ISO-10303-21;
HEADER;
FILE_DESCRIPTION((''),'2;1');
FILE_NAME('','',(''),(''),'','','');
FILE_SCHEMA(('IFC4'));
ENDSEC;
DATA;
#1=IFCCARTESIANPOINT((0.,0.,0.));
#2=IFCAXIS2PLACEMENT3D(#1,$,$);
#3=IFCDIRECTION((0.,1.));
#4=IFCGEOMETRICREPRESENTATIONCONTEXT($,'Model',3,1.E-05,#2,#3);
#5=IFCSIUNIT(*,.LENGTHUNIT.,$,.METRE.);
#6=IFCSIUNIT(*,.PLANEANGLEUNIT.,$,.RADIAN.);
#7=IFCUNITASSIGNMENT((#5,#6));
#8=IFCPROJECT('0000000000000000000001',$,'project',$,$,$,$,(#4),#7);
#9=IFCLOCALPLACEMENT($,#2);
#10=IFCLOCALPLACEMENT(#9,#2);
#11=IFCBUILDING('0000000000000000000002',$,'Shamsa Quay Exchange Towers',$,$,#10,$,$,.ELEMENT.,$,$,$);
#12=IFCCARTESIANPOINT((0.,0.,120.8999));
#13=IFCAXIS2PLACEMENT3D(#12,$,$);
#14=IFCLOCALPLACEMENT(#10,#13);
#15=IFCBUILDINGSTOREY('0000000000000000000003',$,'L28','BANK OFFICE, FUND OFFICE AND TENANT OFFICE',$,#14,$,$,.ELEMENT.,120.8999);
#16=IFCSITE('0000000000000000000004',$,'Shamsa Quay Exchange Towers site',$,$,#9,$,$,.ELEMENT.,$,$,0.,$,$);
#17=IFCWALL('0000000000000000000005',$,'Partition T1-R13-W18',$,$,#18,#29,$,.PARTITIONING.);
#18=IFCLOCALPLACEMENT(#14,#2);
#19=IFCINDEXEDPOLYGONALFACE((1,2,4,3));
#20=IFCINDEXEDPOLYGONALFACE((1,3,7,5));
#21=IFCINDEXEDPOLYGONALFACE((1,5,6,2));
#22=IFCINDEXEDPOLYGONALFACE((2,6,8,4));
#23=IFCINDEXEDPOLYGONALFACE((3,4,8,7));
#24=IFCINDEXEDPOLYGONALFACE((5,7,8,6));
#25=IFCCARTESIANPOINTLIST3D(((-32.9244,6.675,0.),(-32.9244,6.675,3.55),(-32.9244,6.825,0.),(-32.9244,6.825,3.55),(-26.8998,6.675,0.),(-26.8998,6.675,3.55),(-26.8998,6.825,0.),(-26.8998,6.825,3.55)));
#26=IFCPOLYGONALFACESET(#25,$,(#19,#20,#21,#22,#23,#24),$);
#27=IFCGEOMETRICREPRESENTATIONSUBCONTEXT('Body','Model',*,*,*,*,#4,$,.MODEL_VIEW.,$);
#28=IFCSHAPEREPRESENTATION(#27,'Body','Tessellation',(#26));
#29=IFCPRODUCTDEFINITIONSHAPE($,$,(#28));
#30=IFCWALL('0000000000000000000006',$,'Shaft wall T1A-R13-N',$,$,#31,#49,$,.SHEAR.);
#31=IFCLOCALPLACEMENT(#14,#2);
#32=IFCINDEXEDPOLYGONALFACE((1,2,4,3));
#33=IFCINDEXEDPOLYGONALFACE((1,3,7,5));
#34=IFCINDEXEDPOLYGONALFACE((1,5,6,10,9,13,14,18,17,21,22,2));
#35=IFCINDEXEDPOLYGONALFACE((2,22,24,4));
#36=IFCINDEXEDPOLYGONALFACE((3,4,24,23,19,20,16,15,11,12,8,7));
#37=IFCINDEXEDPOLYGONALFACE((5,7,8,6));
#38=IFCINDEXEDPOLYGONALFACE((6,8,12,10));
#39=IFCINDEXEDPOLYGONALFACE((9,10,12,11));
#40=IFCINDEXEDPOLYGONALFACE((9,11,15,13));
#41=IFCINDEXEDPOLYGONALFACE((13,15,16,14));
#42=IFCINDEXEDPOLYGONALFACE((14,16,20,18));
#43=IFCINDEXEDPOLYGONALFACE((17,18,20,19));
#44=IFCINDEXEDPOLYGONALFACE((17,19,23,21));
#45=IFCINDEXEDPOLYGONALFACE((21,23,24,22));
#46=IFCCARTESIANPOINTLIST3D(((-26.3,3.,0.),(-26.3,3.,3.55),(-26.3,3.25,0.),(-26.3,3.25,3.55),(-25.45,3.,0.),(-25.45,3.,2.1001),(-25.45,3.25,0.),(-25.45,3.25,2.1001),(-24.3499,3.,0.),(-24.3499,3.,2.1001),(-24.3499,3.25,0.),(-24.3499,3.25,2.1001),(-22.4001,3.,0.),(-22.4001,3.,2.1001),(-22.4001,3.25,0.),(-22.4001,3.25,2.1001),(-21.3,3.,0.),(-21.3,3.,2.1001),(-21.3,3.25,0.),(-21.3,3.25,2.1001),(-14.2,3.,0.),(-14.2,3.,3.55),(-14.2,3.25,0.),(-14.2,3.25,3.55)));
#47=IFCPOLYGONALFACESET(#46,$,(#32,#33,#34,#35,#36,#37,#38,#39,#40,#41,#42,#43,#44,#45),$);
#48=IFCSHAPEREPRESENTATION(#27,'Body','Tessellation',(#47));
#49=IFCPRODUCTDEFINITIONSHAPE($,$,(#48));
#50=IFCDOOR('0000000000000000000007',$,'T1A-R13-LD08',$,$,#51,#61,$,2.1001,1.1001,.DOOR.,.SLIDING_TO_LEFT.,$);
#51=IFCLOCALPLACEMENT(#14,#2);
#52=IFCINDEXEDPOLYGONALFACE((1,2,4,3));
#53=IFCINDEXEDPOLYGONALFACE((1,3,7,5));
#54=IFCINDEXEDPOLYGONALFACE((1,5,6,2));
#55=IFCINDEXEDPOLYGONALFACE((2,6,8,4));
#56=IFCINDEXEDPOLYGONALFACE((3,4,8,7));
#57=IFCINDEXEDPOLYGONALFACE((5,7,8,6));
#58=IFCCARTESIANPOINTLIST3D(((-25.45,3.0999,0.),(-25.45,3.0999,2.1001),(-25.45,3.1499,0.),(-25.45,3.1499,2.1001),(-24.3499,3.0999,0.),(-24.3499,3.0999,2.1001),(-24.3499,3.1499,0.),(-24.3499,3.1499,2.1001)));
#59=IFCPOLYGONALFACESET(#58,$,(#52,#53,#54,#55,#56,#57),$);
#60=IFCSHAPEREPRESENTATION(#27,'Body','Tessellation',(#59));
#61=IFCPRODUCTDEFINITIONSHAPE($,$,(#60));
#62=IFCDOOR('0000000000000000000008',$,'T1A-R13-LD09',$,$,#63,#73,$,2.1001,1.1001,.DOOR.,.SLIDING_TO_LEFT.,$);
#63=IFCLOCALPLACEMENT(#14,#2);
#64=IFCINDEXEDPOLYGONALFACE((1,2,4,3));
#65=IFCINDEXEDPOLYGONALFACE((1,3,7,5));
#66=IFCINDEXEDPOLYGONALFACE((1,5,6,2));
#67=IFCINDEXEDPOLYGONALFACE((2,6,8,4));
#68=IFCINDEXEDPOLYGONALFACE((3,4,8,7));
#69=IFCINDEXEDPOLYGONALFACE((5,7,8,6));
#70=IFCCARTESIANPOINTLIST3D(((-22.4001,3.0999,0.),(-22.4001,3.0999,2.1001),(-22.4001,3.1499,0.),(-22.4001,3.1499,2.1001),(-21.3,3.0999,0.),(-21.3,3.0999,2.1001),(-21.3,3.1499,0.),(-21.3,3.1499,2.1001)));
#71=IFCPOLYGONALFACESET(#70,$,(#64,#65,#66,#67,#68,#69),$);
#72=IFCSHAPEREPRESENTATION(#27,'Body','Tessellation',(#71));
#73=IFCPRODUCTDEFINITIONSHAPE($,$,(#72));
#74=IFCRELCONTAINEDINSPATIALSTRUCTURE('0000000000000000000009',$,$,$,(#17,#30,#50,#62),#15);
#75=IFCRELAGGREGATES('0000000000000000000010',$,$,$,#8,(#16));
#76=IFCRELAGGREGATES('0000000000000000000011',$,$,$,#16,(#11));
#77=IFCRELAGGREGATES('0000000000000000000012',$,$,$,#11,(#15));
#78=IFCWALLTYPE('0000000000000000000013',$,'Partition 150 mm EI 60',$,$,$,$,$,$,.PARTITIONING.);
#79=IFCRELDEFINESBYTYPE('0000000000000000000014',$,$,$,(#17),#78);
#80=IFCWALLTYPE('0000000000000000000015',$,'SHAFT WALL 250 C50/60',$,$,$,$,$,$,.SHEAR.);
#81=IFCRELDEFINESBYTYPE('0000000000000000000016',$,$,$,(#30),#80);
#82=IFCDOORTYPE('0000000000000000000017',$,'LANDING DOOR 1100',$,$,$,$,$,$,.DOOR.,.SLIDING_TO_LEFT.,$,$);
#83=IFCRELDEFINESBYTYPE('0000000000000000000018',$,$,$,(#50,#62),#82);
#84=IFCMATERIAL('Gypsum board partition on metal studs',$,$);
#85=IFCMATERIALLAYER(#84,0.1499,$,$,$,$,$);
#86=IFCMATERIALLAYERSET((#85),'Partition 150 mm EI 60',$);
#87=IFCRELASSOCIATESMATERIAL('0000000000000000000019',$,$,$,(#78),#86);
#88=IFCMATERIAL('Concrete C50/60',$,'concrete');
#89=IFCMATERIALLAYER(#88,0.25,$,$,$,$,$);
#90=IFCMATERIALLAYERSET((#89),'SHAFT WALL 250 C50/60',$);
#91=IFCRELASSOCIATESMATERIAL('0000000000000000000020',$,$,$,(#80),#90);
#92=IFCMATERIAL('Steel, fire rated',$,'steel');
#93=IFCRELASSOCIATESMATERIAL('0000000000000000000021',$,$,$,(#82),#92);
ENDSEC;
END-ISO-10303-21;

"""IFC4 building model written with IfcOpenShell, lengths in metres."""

from ifc_helpers import new_model, si_unit, direction, frame, frame_2d, origin, place, context, subcontext, project, spatial, rectangle, extrude, material, layer, layer_set, type_object, element, fill, save


model = new_model("IFC4")

# Units and contexts
model_context = context("Model", 3, precision=1e-05, world=origin(), true_north=direction((0.0, 1.0)))
body_context = subcontext(model_context, "Body", "Model", "MODEL_VIEW")
ifc_project = project(units=[si_unit("LENGTHUNIT", "METRE"), si_unit("PLANEANGLEUNIT", "RADIAN")], contexts=[model_context])

# Site, building, storey
site_placement = place(None, origin())
site = spatial("IfcSite", under=ifc_project, at=site_placement, Name="Shamsa Quay Exchange Towers site", CompositionType="ELEMENT", RefElevation=0.0)
building_placement = place(site_placement, origin())
building = spatial("IfcBuilding", under=site, at=building_placement, Name="Shamsa Quay Exchange Towers", CompositionType="ELEMENT")
storey_placement = place(building_placement, frame((0.0, 0.0, 120.8999)))
storey = spatial("IfcBuildingStorey", under=building, at=storey_placement, Name="L28", Description="BANK OFFICE, FUND OFFICE AND TENANT OFFICE", CompositionType="ELEMENT", Elevation=120.8999)

# Shared definitions
ifc_material_1 = material(Name="Steel, fire rated", Category="steel")

# Wall
ifc_material_2 = material(Name="Gypsum board partition on metal studs")
ifc_layer_1 = layer(ifc_material_2, 0.1499)
ifc_layer_set_1 = layer_set([ifc_layer_1], Name="Partition 150 mm EI 60")
wall_type_1 = type_object("IfcWallType", Name="Partition 150 mm EI 60", PredefinedType="PARTITIONING", material=ifc_layer_set_1)
wall_1_placement = place(storey_placement, frame((-26.8999, 6.75, 0.0), z_axis=(0.0, 0.0, 1.0), x_axis=(-1.0, 0.0, 0.0)))
element("IfcWall", 1, at=wall_1_placement, inside=storey, type_object=wall_type_1, Name="Partition T1-R13-W18", PredefinedType="PARTITIONING", context=body_context, shape_type="SweptSolid", body=[
    extrude(rectangle(XDim=6.0247, YDim=0.1499, at=frame_2d((3.0122, 0.0))), origin(), (0.0, 0.0, 1.0), 3.55),
])

# Wall, openings, doors
ifc_material_3 = material(Name="Concrete C50/60", Category="concrete")
ifc_layer_2 = layer(ifc_material_3, 0.25)
ifc_layer_set_2 = layer_set([ifc_layer_2], Name="SHAFT WALL 250 C50/60")
wall_type_2 = type_object("IfcWallType", Name="SHAFT WALL 250 C50/60", PredefinedType="SHEAR", material=ifc_layer_set_2)
wall_2_placement = place(storey_placement, frame((-26.3, 3.125, 0.0)))
wall_2 = element("IfcWall", 2, at=wall_2_placement, inside=storey, type_object=wall_type_2, Name="Shaft wall T1A-R13-N", PredefinedType="SHEAR", context=body_context, shape_type="SweptSolid", body=[
    extrude(rectangle(XDim=12.1001, YDim=0.25, at=frame_2d((6.05, 0.0))), origin(), (0.0, 0.0, 1.0), 3.55),
])
opening_1_placement = place(wall_2_placement, frame((0.8501, 0.0, 0.0)))
opening_1 = element("IfcOpeningElement", 3, at=opening_1_placement, cuts=wall_2, PredefinedType="OPENING", context=body_context, shape_type="SweptSolid", body=[
    extrude(rectangle(XDim=1.1001, YDim=2.1001, at=frame_2d((0.55, 1.05))), frame((0.0, 0.135, 0.0), z_axis=(0.0, -1.0, 0.0), x_axis=(1.0, 0.0, 0.0)), (0.0, 0.0, 1.0), 0.27),
])
opening_2_placement = place(wall_2_placement, frame((3.8999, 0.0, 0.0)))
opening_2 = element("IfcOpeningElement", 4, at=opening_2_placement, cuts=wall_2, PredefinedType="OPENING", context=body_context, shape_type="SweptSolid", body=[
    extrude(rectangle(XDim=1.1001, YDim=2.1001, at=frame_2d((0.55, 1.05))), frame((0.0, 0.135, 0.0), z_axis=(0.0, -1.0, 0.0), x_axis=(1.0, 0.0, 0.0)), (0.0, 0.0, 1.0), 0.27),
])
door_type_1 = type_object("IfcDoorType", Name="LANDING DOOR 1100", OperationType="SLIDING_TO_LEFT", PredefinedType="DOOR", material=ifc_material_1)
door_1_placement = place(opening_1_placement, origin())
door_1 = element("IfcDoor", 5, at=door_1_placement, inside=storey, type_object=door_type_1, Name="T1A-R13-LD08", OperationType="SLIDING_TO_LEFT", OverallHeight=2.1001, OverallWidth=1.1001, PredefinedType="DOOR", context=body_context, shape_type="SweptSolid", body=[
    extrude(rectangle(XDim=1.1001, YDim=2.1001, at=frame_2d((0.55, 1.05))), frame((0.0, 0.0249, 0.0), z_axis=(0.0, -1.0, 0.0), x_axis=(1.0, 0.0, 0.0)), (0.0, 0.0, 1.0), 0.05),
])
fill(opening_1, door_1)
door_2_placement = place(opening_2_placement, origin())
door_2 = element("IfcDoor", 6, at=door_2_placement, inside=storey, type_object=door_type_1, Name="T1A-R13-LD09", OperationType="SLIDING_TO_LEFT", OverallHeight=2.1001, OverallWidth=1.1001, PredefinedType="DOOR", context=body_context, shape_type="SweptSolid", body=[
    extrude(rectangle(XDim=1.1001, YDim=2.1001, at=frame_2d((0.55, 1.05))), frame((0.0, 0.0249, 0.0), z_axis=(0.0, -1.0, 0.0), x_axis=(1.0, 0.0, 0.0)), (0.0, 0.0, 1.0), 0.05),
])
fill(opening_2, door_2)

save(model, "model.ifc")
